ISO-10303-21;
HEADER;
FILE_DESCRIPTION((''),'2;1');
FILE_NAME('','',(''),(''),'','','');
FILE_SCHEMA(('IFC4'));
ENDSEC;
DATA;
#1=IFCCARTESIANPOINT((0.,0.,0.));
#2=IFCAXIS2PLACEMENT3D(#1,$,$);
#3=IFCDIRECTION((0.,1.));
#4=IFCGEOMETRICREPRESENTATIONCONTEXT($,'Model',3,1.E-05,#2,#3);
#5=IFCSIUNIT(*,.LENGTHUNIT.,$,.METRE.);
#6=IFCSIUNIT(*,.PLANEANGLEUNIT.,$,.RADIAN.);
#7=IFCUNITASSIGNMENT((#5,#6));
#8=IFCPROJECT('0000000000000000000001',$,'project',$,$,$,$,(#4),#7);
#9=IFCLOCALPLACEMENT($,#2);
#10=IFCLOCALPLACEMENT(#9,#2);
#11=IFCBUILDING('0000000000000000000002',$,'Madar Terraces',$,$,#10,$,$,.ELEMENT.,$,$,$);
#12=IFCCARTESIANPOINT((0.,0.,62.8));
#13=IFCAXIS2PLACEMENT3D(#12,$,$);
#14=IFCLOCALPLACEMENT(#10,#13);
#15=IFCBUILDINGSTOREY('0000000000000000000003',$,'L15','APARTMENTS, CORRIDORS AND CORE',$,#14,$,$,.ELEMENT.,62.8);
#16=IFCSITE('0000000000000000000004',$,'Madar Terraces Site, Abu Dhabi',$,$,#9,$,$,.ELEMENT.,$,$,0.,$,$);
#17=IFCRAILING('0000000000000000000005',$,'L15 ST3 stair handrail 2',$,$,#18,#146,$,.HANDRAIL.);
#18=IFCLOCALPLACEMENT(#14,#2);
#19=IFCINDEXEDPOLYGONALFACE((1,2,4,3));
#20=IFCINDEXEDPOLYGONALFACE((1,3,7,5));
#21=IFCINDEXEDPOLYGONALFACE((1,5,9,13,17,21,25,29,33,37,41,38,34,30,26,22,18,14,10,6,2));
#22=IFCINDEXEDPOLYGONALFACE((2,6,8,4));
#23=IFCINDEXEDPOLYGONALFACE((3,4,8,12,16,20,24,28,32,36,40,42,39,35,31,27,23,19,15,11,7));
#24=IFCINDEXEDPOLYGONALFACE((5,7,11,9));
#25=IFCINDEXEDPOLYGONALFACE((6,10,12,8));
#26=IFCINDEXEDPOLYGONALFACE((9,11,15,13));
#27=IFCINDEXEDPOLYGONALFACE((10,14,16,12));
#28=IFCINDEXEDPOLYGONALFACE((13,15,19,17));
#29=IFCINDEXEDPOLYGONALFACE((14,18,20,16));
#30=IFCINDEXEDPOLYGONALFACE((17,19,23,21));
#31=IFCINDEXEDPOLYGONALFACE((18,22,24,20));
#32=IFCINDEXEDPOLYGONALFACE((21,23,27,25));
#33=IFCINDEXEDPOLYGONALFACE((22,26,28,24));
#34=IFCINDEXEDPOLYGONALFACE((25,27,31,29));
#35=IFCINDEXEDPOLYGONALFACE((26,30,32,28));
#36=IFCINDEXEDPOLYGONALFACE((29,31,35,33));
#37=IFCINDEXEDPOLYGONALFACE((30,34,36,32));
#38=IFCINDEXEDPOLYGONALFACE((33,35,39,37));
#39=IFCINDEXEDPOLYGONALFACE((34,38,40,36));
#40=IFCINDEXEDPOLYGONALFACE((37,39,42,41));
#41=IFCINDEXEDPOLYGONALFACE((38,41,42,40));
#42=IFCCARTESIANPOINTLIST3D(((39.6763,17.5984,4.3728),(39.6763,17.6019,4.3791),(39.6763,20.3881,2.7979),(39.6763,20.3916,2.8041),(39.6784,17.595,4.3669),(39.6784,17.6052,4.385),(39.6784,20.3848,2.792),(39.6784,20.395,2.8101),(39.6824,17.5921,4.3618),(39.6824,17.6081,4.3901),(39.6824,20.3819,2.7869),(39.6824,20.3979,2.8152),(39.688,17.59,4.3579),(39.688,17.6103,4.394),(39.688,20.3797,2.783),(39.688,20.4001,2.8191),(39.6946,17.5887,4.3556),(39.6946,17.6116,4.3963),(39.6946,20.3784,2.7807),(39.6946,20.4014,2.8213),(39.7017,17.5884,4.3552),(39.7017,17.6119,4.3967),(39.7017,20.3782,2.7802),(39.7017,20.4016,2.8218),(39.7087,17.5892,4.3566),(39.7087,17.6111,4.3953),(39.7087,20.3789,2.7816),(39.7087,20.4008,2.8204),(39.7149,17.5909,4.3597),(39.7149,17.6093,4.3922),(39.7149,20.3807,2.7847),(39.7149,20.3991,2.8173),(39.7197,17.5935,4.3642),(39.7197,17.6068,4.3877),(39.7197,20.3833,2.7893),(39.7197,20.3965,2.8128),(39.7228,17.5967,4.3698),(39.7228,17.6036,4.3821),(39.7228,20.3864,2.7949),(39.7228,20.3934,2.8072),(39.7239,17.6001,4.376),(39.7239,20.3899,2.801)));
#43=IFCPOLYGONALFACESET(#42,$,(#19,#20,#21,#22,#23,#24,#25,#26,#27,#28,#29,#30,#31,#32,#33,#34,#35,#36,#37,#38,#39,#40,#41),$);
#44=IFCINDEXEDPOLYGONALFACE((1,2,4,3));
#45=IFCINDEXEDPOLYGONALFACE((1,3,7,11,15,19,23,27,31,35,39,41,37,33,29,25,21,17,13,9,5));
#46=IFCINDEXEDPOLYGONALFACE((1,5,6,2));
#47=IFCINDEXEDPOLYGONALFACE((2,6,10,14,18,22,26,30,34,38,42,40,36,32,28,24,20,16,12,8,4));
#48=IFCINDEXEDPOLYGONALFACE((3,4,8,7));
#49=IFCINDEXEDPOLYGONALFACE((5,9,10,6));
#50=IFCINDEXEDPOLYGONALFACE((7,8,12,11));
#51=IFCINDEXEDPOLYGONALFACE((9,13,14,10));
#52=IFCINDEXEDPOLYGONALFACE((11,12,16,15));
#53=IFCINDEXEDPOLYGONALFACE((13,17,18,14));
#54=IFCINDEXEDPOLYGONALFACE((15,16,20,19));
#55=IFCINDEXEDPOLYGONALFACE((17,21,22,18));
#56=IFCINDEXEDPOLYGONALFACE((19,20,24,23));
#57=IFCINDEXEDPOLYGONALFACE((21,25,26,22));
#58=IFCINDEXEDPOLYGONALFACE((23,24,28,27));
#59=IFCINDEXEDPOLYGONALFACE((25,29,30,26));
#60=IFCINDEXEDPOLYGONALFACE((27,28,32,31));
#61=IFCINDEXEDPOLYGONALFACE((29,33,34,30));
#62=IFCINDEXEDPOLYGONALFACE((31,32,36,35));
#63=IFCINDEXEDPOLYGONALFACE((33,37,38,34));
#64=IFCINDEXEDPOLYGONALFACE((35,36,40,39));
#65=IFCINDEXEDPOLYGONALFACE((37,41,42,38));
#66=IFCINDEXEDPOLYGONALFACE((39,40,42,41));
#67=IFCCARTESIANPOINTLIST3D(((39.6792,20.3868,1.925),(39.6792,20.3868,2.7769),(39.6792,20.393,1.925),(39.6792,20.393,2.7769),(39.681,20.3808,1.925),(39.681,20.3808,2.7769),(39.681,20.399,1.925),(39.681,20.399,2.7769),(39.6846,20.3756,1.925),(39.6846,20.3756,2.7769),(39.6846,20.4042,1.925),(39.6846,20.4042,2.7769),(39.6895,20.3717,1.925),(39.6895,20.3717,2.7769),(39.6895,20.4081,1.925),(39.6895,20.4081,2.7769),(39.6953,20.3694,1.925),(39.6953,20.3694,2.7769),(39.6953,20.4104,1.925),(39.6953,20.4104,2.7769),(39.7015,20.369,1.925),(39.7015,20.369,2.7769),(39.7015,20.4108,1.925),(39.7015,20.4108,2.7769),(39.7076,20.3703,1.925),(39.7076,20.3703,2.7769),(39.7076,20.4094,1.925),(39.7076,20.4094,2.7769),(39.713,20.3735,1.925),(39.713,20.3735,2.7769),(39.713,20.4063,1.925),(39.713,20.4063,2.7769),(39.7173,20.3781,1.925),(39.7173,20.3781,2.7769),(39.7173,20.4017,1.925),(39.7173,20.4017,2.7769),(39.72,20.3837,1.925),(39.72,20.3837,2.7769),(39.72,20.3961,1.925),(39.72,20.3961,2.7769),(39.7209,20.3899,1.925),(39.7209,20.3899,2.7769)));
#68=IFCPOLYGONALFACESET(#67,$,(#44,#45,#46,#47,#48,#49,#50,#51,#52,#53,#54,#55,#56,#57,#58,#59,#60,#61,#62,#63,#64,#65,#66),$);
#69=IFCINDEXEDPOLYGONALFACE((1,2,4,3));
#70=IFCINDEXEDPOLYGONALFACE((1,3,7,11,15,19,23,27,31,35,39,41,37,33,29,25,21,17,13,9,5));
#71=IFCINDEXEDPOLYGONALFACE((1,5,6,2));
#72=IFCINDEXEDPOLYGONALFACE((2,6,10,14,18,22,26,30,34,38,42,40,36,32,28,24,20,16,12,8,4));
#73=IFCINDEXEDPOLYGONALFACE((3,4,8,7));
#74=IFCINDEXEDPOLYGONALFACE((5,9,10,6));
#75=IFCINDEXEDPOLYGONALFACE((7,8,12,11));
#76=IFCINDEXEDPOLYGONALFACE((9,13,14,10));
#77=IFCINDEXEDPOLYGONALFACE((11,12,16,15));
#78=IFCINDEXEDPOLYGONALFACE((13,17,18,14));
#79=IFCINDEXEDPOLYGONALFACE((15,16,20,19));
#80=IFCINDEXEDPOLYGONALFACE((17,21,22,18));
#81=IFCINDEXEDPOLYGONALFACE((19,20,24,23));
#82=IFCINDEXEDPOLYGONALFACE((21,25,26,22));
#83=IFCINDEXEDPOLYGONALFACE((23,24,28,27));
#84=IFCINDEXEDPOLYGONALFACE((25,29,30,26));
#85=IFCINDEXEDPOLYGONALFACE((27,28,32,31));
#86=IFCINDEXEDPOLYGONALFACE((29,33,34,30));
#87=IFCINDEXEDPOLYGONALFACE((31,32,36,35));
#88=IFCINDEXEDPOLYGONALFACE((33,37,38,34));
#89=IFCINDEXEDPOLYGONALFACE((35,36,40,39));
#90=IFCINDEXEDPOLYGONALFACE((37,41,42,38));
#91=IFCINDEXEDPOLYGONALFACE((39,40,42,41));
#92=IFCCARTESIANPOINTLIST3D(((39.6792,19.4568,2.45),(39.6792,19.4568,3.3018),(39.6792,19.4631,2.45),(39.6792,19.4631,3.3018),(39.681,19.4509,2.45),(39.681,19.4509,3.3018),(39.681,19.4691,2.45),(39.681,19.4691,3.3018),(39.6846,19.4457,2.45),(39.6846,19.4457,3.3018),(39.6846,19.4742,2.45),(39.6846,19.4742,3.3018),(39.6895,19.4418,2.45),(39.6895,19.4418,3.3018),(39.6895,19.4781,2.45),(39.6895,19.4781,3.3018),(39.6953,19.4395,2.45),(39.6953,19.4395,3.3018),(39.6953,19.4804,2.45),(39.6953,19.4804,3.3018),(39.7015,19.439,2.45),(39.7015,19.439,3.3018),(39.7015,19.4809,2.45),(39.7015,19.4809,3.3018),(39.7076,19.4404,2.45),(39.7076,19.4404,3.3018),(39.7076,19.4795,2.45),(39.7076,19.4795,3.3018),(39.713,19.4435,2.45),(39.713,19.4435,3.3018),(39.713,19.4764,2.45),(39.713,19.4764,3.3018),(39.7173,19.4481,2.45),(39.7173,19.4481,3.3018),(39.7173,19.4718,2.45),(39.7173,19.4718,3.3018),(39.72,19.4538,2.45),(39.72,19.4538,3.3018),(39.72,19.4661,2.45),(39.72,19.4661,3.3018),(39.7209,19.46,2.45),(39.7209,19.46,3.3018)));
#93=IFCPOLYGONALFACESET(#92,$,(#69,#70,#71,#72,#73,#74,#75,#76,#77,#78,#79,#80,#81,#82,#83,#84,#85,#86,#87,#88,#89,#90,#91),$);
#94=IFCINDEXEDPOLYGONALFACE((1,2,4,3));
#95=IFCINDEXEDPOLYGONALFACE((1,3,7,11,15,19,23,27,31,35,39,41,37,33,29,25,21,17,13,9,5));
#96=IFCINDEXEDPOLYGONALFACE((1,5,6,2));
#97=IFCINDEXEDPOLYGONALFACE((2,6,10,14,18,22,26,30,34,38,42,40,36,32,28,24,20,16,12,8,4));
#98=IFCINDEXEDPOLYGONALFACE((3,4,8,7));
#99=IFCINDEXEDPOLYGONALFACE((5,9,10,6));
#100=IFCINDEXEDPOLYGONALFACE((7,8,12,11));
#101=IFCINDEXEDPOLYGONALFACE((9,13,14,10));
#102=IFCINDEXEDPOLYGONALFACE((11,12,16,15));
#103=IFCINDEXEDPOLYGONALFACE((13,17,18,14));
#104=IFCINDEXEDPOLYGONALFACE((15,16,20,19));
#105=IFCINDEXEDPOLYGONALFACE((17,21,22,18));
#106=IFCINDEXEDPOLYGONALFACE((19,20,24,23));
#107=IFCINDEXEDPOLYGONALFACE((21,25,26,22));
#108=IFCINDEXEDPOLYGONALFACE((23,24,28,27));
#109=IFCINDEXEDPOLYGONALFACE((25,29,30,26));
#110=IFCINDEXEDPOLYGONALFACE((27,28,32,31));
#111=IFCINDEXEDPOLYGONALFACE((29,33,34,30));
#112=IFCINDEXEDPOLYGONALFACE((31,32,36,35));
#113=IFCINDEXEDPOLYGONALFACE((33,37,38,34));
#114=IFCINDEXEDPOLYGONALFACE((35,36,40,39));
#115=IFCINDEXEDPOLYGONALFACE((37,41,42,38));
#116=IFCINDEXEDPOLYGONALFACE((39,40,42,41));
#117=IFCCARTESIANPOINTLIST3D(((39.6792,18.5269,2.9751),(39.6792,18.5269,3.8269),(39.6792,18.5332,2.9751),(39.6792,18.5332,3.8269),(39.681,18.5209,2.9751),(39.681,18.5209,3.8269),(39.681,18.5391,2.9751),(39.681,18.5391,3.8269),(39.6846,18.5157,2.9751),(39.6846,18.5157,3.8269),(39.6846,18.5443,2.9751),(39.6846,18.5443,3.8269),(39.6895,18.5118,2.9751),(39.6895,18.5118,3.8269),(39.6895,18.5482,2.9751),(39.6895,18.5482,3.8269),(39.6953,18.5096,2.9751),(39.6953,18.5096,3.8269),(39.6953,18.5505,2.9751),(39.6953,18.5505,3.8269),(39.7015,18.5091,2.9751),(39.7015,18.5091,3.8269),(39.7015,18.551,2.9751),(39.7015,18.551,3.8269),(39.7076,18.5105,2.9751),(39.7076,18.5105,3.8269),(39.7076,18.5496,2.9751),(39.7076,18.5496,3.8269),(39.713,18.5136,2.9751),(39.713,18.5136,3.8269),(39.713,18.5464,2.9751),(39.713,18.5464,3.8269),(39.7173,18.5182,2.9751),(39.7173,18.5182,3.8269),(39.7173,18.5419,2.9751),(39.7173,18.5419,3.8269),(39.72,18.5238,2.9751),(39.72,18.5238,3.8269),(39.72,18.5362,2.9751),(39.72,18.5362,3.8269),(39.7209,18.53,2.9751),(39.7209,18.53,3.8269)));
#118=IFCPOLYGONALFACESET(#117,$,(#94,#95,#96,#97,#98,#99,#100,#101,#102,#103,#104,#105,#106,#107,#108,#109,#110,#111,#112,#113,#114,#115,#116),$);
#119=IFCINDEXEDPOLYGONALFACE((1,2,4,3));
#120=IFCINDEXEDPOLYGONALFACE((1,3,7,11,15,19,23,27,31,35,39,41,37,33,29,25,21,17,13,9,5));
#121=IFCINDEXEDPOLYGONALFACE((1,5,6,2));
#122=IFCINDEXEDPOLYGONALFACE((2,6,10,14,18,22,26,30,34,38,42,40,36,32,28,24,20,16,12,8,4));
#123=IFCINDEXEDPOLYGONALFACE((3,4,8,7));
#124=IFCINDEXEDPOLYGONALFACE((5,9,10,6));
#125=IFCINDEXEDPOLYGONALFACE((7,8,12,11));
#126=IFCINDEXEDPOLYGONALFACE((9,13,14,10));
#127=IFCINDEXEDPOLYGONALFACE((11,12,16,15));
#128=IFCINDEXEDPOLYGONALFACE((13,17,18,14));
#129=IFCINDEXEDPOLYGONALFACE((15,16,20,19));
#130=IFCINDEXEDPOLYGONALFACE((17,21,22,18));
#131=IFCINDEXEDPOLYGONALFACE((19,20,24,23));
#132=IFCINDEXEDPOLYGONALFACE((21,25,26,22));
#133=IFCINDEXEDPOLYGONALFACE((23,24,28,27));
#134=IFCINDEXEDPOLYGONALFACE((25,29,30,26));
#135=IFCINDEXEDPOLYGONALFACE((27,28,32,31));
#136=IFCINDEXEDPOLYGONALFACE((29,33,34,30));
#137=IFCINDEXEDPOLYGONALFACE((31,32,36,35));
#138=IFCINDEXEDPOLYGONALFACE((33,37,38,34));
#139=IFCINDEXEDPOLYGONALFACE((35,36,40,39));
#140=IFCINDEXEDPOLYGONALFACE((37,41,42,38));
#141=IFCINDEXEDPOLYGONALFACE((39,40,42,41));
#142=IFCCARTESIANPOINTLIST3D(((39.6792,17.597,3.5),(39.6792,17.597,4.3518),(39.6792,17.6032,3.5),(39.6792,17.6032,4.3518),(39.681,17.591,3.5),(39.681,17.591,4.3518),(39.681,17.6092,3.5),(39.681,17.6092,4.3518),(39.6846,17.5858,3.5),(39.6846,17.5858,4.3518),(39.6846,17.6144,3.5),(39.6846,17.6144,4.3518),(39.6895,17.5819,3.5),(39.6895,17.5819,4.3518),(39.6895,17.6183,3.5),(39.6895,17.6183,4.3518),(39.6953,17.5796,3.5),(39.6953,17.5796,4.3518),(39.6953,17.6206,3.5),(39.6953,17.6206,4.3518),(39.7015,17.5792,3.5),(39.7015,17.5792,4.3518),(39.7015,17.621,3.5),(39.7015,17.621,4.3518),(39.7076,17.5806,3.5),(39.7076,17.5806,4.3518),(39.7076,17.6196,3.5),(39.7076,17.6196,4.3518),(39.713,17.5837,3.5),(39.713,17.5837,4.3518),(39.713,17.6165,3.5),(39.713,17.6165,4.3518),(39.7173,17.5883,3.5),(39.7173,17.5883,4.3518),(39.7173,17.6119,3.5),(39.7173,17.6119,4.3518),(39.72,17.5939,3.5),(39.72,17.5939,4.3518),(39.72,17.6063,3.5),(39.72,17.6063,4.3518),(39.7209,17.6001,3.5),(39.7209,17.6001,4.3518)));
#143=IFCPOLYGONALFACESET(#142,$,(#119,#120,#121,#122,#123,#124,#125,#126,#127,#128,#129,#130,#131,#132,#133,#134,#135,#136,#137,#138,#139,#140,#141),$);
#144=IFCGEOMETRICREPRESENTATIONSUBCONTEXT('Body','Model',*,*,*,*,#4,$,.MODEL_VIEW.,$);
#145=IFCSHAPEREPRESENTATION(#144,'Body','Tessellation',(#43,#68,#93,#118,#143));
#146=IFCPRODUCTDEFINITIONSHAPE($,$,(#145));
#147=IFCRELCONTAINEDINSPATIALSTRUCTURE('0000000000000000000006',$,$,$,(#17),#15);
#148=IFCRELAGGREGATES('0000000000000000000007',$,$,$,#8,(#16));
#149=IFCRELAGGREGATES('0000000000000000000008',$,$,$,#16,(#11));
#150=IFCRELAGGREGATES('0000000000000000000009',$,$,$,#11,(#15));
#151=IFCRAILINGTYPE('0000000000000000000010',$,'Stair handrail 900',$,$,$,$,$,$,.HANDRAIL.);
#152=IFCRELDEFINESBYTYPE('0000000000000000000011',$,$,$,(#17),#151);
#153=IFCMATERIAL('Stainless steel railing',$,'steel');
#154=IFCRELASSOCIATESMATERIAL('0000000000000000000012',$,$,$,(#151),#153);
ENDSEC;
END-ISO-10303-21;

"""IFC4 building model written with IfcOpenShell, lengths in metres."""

from ifc_helpers import new_model, si_unit, direction, frame, origin, origin_2d, place, context, subcontext, project, spatial, circle, extrude, material, type_object, element, save


model = new_model("IFC4")

# Units and contexts
model_context = context("Model", 3, precision=1e-05, world=origin(), true_north=direction((0.0, 1.0)))
body_context = subcontext(model_context, "Body", "Model", "MODEL_VIEW")
ifc_project = project(units=[si_unit("LENGTHUNIT", "METRE"), si_unit("PLANEANGLEUNIT", "RADIAN")], contexts=[model_context])

# Site, building, storey
site_placement = place(None, origin())
site = spatial("IfcSite", under=ifc_project, at=site_placement, Name="Madar Terraces Site, Abu Dhabi", CompositionType="ELEMENT", RefElevation=0.0)
building_placement = place(site_placement, origin())
building = spatial("IfcBuilding", under=site, at=building_placement, Name="Madar Terraces", CompositionType="ELEMENT")
storey_placement = place(building_placement, frame((0.0, 0.0, 62.8)))
storey = spatial("IfcBuildingStorey", under=building, at=storey_placement, Name="L15", Description="APARTMENTS, CORRIDORS AND CORE", CompositionType="ELEMENT", Elevation=62.8)

# Railing
ifc_material_1 = material(Name="Stainless steel railing", Category="steel")
railing_type_1 = type_object("IfcRailingType", Name="Stair handrail 900", PredefinedType="HANDRAIL", material=ifc_material_1)
railing_1_placement = place(storey_placement, frame((39.7, 20.3899, 1.925)))
element("IfcRailing", 1, at=railing_1_placement, inside=storey, type_object=railing_type_1, Name="L15 ST3 stair handrail 2", PredefinedType="HANDRAIL", context=body_context, shape_type="SweptSolid", body=[
    extrude(circle(Radius=0.0239, at=origin_2d()), frame((0.0, 0.0, 0.876), z_axis=(0.0, -0.870815, 0.49161), x_axis=(1.0, 0.0, 0.0)), (0.0, 0.0, 1.0), 3.2036),
    extrude(circle(Radius=0.021, at=origin_2d()), origin(), (0.0, 0.0, 1.0), 0.8518),
    extrude(circle(Radius=0.021, at=origin_2d()), frame((0.0, -0.9299, 0.5249)), (0.0, 0.0, 1.0), 0.8518),
    extrude(circle(Radius=0.021, at=origin_2d()), frame((0.0, -1.8599, 1.05)), (0.0, 0.0, 1.0), 0.8518),
    extrude(circle(Radius=0.021, at=origin_2d()), frame((0.0, -2.7898, 1.575)), (0.0, 0.0, 1.0), 0.8518),
])

save(model, "model.ifc")
